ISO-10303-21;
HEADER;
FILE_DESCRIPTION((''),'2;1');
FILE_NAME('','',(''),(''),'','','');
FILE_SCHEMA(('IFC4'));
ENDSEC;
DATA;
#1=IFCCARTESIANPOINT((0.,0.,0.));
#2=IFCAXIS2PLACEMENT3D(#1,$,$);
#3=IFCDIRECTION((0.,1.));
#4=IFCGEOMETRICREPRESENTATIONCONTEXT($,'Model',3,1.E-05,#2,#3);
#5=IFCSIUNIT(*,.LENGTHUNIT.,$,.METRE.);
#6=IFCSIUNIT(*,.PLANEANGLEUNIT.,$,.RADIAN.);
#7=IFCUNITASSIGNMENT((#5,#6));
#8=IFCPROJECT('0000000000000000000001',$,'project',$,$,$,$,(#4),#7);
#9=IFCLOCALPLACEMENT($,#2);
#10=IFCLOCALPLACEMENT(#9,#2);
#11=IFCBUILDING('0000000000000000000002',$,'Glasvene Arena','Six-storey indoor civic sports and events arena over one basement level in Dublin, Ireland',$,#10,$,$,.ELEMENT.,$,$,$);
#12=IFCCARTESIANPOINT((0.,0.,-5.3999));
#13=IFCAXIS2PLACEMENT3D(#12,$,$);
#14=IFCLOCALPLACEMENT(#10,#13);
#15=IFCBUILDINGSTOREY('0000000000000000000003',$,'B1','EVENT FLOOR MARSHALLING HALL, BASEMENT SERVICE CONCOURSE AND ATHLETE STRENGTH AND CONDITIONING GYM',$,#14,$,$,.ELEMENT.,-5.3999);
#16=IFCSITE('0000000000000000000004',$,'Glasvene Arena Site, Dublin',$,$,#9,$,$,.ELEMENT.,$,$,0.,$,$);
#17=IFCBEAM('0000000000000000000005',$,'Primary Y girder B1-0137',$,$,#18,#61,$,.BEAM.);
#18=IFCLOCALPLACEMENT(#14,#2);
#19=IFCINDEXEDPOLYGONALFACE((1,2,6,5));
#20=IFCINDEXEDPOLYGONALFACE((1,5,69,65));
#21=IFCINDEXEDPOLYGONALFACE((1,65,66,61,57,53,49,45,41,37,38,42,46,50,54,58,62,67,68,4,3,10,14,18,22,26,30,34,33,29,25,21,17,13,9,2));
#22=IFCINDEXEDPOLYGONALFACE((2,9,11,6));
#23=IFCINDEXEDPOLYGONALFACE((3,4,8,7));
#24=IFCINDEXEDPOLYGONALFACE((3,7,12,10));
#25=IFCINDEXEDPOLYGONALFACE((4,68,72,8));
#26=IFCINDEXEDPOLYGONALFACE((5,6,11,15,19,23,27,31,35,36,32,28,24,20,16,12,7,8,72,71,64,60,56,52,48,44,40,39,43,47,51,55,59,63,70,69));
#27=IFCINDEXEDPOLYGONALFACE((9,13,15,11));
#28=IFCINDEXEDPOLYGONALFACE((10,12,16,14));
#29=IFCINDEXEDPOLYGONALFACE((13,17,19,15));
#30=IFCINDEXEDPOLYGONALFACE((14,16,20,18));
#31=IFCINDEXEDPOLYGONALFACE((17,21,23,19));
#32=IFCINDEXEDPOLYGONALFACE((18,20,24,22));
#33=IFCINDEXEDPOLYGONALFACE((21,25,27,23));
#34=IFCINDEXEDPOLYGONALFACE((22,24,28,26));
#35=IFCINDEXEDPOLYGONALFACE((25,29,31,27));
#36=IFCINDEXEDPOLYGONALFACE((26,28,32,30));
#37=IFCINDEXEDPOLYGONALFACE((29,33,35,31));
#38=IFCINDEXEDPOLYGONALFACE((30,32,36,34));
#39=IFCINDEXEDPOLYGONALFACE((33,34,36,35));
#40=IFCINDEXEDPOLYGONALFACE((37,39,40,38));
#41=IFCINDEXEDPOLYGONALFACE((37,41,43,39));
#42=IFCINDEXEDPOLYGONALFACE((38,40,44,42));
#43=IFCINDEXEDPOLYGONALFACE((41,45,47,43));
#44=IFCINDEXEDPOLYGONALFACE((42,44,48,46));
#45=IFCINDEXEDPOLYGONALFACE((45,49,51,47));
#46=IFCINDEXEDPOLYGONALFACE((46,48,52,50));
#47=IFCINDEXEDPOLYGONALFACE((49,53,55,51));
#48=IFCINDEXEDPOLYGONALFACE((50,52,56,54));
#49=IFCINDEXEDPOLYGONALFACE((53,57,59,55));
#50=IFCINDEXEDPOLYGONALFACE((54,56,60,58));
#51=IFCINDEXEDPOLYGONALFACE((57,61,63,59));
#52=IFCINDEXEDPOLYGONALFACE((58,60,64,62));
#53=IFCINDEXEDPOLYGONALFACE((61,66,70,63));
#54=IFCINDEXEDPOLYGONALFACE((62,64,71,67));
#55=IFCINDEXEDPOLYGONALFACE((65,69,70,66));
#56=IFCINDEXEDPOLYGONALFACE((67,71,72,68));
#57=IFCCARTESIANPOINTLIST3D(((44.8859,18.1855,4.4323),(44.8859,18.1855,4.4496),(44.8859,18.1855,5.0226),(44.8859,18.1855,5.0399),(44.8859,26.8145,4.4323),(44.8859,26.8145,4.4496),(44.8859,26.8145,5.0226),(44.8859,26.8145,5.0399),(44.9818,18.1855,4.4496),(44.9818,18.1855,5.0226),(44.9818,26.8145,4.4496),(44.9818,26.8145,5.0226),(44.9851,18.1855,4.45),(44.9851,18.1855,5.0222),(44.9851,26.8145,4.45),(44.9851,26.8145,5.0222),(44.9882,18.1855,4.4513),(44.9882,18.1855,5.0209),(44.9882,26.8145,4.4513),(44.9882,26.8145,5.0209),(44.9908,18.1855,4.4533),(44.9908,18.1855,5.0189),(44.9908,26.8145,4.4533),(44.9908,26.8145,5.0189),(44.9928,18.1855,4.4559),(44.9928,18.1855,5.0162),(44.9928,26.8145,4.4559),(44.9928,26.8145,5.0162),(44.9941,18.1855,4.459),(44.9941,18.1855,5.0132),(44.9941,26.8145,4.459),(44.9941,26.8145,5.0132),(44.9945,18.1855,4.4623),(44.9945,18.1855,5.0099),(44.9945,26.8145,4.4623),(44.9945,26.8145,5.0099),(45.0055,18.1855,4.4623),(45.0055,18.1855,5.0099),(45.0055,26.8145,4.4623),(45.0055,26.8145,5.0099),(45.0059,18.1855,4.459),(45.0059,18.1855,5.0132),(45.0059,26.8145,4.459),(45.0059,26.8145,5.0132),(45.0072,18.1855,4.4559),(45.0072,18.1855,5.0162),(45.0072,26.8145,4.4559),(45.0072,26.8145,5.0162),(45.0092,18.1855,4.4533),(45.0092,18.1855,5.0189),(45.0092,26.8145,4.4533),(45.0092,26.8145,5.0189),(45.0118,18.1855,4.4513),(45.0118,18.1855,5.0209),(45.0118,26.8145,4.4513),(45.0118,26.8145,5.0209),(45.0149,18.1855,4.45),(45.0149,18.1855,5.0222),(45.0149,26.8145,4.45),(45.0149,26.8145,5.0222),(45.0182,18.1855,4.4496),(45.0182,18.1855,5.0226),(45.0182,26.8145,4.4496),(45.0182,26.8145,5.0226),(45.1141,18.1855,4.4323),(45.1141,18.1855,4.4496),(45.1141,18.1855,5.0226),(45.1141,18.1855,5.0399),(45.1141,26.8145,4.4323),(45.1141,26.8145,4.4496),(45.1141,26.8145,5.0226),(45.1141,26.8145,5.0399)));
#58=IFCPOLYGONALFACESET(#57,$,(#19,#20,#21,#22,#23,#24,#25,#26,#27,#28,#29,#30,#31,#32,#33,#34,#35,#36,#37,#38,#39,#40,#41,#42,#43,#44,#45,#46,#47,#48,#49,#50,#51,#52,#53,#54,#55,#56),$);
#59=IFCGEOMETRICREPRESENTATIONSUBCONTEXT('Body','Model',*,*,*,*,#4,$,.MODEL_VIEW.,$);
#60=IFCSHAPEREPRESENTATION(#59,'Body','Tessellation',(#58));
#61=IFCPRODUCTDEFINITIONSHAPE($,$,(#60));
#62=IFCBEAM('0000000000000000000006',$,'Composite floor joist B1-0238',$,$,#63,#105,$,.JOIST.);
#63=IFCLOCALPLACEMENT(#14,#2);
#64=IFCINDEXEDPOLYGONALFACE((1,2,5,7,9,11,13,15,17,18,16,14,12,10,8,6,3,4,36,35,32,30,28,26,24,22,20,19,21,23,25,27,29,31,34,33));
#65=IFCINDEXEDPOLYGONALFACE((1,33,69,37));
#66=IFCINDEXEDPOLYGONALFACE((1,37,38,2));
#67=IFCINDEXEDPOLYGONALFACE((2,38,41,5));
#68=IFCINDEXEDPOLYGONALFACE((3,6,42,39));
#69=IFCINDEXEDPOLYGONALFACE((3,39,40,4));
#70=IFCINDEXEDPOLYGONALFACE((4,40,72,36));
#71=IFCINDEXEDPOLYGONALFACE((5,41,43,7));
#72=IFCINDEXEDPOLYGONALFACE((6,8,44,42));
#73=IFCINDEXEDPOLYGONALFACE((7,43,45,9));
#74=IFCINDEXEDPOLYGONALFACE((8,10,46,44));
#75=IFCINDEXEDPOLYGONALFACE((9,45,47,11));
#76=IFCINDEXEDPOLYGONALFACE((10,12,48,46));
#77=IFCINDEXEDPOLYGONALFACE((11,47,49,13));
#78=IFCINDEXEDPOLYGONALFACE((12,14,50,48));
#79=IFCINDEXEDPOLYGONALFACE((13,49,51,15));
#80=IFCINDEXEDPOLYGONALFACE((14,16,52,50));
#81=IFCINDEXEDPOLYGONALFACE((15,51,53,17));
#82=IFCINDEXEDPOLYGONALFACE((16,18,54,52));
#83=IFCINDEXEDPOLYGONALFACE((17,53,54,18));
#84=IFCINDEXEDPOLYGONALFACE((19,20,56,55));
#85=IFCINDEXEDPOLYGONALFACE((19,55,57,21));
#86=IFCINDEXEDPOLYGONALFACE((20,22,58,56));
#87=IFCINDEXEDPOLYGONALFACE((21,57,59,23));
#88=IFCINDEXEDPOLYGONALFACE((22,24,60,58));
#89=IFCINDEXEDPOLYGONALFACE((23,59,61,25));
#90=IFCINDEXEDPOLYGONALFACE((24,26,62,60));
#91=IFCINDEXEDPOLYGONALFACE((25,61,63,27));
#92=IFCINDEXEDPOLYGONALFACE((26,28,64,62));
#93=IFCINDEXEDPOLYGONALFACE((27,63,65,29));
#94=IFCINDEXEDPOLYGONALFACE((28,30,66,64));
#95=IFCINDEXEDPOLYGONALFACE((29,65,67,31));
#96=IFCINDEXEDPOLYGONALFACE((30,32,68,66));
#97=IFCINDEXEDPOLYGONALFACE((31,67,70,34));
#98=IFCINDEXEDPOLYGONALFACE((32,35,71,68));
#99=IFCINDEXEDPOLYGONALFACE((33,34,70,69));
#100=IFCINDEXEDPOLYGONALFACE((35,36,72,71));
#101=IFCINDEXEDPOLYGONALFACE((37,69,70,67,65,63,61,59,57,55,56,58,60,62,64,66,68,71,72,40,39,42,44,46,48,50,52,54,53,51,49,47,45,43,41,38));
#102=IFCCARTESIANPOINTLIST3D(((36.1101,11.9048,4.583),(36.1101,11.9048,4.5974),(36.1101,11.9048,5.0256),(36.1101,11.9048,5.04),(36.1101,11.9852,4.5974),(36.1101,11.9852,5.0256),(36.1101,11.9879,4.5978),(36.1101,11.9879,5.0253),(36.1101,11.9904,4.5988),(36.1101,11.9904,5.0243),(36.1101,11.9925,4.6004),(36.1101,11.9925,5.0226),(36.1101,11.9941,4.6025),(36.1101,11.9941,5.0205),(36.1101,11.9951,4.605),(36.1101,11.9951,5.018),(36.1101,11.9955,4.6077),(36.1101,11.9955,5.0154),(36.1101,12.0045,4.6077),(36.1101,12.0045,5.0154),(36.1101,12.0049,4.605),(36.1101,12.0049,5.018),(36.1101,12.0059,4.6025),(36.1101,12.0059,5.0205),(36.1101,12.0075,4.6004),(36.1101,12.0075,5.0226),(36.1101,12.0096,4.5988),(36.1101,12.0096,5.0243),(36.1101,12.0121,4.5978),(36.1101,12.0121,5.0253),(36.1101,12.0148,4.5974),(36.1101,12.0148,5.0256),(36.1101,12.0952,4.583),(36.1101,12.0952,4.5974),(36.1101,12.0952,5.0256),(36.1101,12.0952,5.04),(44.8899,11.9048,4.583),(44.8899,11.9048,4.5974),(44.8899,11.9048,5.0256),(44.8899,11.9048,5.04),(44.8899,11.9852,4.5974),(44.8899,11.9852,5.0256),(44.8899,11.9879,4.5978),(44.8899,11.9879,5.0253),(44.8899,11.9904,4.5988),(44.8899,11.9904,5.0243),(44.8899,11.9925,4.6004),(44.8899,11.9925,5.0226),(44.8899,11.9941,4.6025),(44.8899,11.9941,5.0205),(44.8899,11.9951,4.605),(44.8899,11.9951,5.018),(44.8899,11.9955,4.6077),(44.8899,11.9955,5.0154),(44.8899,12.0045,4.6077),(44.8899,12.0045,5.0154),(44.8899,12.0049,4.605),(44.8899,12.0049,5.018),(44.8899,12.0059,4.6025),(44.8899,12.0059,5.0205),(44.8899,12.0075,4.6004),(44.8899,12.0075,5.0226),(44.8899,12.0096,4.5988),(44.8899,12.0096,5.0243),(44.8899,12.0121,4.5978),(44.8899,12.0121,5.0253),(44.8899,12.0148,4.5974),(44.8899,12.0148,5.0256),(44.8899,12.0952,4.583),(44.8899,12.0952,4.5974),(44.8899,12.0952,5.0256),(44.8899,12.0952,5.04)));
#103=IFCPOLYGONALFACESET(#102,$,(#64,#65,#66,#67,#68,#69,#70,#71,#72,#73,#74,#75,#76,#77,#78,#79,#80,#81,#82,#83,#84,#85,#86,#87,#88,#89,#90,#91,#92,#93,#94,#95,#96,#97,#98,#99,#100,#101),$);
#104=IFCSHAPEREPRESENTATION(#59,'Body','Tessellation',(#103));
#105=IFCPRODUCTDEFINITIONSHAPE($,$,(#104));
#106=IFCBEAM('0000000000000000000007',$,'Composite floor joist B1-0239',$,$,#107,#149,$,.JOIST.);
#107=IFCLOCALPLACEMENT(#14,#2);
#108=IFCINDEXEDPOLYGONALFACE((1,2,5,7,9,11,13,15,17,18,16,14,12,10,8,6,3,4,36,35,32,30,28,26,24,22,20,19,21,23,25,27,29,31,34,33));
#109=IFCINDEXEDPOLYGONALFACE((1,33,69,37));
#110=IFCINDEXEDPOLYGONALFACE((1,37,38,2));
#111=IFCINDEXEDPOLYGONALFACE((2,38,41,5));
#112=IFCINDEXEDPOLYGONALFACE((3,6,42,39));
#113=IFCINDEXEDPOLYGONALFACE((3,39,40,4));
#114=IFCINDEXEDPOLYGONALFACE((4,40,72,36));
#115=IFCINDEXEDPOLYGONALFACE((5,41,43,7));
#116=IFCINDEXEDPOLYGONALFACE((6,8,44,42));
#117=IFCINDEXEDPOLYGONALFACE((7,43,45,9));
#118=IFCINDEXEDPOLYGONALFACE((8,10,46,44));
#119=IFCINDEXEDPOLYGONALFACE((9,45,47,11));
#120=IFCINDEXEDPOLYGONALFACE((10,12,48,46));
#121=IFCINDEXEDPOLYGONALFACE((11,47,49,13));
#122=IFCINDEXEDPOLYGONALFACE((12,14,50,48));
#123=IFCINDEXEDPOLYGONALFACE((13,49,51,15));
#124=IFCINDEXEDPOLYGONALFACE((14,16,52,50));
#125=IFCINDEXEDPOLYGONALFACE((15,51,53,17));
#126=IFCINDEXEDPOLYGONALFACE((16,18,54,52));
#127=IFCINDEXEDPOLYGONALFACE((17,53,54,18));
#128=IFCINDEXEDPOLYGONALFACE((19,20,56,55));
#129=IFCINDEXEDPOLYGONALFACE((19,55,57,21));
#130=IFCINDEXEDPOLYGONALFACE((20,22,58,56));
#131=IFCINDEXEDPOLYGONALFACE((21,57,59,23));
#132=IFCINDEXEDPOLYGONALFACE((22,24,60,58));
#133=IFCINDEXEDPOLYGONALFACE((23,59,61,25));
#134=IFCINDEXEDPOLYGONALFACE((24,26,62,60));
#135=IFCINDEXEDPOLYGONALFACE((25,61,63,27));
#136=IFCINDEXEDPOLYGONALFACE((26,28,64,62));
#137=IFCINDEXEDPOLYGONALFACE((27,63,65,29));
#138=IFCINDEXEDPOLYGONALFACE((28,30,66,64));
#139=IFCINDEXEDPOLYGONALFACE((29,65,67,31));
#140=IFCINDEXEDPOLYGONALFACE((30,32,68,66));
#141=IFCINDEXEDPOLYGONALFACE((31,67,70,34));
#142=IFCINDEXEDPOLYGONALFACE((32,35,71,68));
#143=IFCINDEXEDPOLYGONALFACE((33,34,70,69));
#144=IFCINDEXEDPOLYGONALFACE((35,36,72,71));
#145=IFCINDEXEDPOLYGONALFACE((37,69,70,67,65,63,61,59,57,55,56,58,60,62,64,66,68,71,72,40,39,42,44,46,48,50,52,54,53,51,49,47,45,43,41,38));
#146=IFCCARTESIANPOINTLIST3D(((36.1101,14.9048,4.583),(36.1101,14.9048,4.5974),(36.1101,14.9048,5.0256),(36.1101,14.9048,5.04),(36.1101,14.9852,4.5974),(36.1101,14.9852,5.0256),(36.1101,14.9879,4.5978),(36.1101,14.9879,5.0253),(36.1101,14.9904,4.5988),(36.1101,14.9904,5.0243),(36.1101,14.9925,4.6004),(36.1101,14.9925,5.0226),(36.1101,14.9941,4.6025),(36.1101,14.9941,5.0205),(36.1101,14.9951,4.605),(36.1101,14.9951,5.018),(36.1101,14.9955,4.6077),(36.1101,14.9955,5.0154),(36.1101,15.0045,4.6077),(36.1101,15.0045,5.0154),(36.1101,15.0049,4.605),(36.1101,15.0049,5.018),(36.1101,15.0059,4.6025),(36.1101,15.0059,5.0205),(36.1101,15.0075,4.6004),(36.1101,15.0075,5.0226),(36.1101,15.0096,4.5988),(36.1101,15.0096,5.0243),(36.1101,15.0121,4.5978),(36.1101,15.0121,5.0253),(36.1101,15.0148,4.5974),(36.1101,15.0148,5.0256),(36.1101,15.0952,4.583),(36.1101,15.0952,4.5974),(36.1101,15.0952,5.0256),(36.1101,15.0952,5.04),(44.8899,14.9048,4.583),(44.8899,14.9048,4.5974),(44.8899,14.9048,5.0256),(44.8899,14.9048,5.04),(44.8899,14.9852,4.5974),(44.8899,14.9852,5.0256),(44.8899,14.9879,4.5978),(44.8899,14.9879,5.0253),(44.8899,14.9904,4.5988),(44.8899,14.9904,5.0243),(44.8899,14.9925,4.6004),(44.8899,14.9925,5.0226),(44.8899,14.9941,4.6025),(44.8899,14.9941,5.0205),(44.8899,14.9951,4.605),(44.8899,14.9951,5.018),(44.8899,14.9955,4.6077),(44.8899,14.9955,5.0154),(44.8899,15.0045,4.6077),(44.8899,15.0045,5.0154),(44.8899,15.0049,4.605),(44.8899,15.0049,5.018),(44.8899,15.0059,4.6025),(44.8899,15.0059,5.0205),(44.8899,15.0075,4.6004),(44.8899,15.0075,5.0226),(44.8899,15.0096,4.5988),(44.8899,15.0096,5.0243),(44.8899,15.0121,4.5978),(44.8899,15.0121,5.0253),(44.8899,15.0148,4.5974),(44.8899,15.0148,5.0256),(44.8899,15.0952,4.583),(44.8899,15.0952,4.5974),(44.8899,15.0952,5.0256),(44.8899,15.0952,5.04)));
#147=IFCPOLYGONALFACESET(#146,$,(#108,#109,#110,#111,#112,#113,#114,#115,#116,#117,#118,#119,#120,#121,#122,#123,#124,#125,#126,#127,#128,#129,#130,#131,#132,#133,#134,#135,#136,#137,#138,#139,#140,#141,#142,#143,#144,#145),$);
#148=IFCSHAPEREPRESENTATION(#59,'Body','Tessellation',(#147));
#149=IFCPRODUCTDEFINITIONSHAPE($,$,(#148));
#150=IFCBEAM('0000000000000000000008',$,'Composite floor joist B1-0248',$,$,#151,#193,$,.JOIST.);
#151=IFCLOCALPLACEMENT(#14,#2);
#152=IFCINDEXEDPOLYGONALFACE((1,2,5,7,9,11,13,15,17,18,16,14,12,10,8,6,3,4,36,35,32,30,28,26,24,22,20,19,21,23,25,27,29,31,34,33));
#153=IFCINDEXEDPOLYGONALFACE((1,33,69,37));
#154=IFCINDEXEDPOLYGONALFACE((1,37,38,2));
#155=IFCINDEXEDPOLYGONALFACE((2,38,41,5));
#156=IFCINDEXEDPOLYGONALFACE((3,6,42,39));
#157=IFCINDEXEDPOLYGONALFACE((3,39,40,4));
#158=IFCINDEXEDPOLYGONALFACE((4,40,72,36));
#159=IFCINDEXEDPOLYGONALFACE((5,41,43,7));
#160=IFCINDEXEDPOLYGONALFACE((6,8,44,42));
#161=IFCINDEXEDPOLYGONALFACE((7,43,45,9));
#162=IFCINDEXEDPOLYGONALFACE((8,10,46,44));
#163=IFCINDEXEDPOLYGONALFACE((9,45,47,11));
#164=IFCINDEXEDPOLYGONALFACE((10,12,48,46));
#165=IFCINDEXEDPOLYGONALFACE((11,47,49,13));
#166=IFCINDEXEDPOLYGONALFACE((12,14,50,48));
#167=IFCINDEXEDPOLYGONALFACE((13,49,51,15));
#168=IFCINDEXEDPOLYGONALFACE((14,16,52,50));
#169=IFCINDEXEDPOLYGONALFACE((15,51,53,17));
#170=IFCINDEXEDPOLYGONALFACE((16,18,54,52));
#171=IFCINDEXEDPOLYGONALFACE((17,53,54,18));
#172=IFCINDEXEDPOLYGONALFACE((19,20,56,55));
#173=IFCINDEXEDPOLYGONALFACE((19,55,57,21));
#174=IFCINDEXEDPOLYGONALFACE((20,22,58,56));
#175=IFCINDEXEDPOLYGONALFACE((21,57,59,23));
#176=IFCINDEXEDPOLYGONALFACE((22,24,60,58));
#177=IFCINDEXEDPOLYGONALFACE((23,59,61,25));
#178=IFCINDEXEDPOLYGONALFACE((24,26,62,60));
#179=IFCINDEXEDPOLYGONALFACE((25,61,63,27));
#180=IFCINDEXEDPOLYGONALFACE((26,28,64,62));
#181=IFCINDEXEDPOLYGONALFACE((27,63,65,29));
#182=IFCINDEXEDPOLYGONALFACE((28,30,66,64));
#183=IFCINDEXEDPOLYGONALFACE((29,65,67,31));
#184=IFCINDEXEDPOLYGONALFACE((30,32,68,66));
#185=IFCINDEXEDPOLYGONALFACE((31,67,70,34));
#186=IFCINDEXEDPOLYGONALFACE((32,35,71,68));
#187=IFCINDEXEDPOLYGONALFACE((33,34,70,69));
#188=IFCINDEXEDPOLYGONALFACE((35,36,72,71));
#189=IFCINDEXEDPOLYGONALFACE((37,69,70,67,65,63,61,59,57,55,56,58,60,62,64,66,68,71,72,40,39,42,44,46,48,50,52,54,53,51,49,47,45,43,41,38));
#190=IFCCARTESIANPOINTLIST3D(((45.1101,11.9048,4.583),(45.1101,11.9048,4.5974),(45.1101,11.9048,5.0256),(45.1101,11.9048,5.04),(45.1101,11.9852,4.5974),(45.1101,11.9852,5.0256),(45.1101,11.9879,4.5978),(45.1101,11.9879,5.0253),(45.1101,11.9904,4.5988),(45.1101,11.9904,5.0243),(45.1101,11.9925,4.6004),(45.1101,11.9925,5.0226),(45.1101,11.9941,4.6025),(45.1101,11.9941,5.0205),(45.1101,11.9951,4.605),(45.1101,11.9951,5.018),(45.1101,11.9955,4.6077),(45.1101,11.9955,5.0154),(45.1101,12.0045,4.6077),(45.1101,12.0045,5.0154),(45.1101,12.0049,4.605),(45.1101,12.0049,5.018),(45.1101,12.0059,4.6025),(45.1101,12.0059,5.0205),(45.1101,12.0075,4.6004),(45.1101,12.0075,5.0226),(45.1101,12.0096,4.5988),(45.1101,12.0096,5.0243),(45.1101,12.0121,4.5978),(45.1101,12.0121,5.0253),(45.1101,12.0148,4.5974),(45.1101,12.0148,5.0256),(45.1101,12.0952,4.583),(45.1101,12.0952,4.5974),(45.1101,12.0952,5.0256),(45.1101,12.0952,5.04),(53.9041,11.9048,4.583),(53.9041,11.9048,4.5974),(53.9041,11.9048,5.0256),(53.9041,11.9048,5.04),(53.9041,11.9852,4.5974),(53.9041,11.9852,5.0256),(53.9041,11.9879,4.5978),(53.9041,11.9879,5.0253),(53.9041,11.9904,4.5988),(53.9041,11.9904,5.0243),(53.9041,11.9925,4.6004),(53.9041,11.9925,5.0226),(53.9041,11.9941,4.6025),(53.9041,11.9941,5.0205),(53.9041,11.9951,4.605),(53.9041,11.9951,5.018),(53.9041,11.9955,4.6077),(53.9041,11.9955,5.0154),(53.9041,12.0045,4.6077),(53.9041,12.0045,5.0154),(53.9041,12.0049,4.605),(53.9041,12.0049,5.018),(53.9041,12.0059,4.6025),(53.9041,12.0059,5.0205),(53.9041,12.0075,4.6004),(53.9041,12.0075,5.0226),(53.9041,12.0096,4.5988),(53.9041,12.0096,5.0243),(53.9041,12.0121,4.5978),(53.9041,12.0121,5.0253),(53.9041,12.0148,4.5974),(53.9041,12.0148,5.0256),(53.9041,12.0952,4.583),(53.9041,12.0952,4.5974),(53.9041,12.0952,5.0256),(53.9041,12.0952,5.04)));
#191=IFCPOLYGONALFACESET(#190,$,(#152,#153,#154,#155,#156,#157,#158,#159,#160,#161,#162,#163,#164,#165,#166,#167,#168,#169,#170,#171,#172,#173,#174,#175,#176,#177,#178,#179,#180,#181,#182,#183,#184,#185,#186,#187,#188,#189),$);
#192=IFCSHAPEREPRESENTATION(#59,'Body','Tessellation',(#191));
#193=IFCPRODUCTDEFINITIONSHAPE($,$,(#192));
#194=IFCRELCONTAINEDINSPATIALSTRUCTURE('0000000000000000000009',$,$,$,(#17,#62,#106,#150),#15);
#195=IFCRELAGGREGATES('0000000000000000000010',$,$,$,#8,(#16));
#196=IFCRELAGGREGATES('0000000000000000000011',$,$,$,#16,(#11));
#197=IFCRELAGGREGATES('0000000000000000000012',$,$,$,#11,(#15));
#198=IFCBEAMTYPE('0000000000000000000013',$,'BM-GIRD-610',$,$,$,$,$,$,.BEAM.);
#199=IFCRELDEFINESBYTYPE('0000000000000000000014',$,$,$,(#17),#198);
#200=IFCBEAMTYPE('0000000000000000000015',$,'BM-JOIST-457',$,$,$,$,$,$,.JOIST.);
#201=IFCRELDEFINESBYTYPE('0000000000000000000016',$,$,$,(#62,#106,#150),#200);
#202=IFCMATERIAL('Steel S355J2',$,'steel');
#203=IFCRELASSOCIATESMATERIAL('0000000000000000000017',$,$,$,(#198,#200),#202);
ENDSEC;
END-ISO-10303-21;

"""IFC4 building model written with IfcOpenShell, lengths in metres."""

from ifc_helpers import new_model, si_unit, direction, frame, origin, origin_2d, place, context, subcontext, project, spatial, i_section, extrude, material, material_profile, profile_set, type_object, element, save


model = new_model("IFC4")

# Units and contexts
model_context = context("Model", 3, precision=1e-05, world=origin(), true_north=direction((0.0, 1.0)))
body_context = subcontext(model_context, "Body", "Model", "MODEL_VIEW")
ifc_project = project(units=[si_unit("LENGTHUNIT", "METRE"), si_unit("PLANEANGLEUNIT", "RADIAN")], contexts=[model_context])

# Site, building, storey
site_placement = place(None, origin())
site = spatial("IfcSite", under=ifc_project, at=site_placement, Name="Glasvene Arena Site, Dublin", CompositionType="ELEMENT", RefElevation=0.0)
building_placement = place(site_placement, origin())
building = spatial("IfcBuilding", under=site, at=building_placement, Name="Glasvene Arena", Description="Six-storey indoor civic sports and events arena over one basement level in Dublin, Ireland", CompositionType="ELEMENT")
storey_placement = place(building_placement, frame((0.0, 0.0, -5.3999)))
storey = spatial("IfcBuildingStorey", under=building, at=storey_placement, Name="B1", Description="EVENT FLOOR MARSHALLING HALL, BASEMENT SERVICE CONCOURSE AND ATHLETE STRENGTH AND CONDITIONING GYM", CompositionType="ELEMENT", Elevation=-5.3999)

# Shared definitions
ifc_material_1 = material(Name="Steel S355J2", Category="steel")

# Beams
ifc_material_profile_1 = material_profile(ifc_material_1, i_section(OverallWidth=0.2283, OverallDepth=0.6077, WebThickness=0.011, FlangeThickness=0.0173, FilletRadius=0.0127, at=origin_2d()), Name="UKB 610x229x113")
ifc_profile_set_1 = profile_set([ifc_material_profile_1], Name="Steel S355J2")
beam_type_1 = type_object("IfcBeamType", Name="BM-GIRD-610", PredefinedType="BEAM", material=ifc_profile_set_1)
for number, where, z_axis, x_axis, name in (
    (1, (45.0, 18.1855, 4.7361), (0.0, 1.0, 0.0), (-1.0, 0.0, 0.0), "Primary Y girder B1-0137"),
):
    element("IfcBeam", number, at=place(storey_placement, frame(where, z_axis=z_axis, x_axis=x_axis)), inside=storey, type_object=beam_type_1, Name=name, PredefinedType="BEAM", context=body_context, shape_type="SweptSolid", body=[
        extrude(i_section(OverallWidth=0.2283, OverallDepth=0.6077, WebThickness=0.011, FlangeThickness=0.0173, FilletRadius=0.0127, at=origin_2d()), origin(), (0.0, 0.0, 1.0), 8.6289),
    ])
ifc_material_profile_2 = material_profile(ifc_material_1, i_section(OverallWidth=0.1904, OverallDepth=0.457, WebThickness=0.009, FlangeThickness=0.0144, FilletRadius=0.0103, at=origin_2d()), Name="UKB 457x191x74")
ifc_profile_set_2 = profile_set([ifc_material_profile_2], Name="Steel S355J2")
beam_type_2 = type_object("IfcBeamType", Name="BM-JOIST-457", PredefinedType="JOIST", material=ifc_profile_set_2)
for number, where, z_axis, x_axis, name in (
    (2, (36.1101, 12.0, 4.8115), (1.0, 0.0, 0.0), (0.0, 1.0, 0.0), "Composite floor joist B1-0238"),
    (3, (36.1101, 15.0, 4.8115), (1.0, 0.0, 0.0), (0.0, 1.0, 0.0), "Composite floor joist B1-0239"),
):
    element("IfcBeam", number, at=place(storey_placement, frame(where, z_axis=z_axis, x_axis=x_axis)), inside=storey, type_object=beam_type_2, Name=name, PredefinedType="JOIST", context=body_context, shape_type="SweptSolid", body=[
        extrude(i_section(OverallWidth=0.1904, OverallDepth=0.457, WebThickness=0.009, FlangeThickness=0.0144, FilletRadius=0.0103, at=origin_2d()), origin(), (0.0, 0.0, 1.0), 8.7798),
    ])
for number, where, z_axis, x_axis, name in (
    (4, (45.1101, 12.0, 4.8115), (1.0, 0.0, 0.0), (0.0, 1.0, 0.0), "Composite floor joist B1-0248"),
):
    element("IfcBeam", number, at=place(storey_placement, frame(where, z_axis=z_axis, x_axis=x_axis)), inside=storey, type_object=beam_type_2, Name=name, PredefinedType="JOIST", context=body_context, shape_type="SweptSolid", body=[
        extrude(i_section(OverallWidth=0.1904, OverallDepth=0.457, WebThickness=0.009, FlangeThickness=0.0144, FilletRadius=0.0103, at=origin_2d()), origin(), (0.0, 0.0, 1.0), 8.7939),
    ])

save(model, "model.ifc")
